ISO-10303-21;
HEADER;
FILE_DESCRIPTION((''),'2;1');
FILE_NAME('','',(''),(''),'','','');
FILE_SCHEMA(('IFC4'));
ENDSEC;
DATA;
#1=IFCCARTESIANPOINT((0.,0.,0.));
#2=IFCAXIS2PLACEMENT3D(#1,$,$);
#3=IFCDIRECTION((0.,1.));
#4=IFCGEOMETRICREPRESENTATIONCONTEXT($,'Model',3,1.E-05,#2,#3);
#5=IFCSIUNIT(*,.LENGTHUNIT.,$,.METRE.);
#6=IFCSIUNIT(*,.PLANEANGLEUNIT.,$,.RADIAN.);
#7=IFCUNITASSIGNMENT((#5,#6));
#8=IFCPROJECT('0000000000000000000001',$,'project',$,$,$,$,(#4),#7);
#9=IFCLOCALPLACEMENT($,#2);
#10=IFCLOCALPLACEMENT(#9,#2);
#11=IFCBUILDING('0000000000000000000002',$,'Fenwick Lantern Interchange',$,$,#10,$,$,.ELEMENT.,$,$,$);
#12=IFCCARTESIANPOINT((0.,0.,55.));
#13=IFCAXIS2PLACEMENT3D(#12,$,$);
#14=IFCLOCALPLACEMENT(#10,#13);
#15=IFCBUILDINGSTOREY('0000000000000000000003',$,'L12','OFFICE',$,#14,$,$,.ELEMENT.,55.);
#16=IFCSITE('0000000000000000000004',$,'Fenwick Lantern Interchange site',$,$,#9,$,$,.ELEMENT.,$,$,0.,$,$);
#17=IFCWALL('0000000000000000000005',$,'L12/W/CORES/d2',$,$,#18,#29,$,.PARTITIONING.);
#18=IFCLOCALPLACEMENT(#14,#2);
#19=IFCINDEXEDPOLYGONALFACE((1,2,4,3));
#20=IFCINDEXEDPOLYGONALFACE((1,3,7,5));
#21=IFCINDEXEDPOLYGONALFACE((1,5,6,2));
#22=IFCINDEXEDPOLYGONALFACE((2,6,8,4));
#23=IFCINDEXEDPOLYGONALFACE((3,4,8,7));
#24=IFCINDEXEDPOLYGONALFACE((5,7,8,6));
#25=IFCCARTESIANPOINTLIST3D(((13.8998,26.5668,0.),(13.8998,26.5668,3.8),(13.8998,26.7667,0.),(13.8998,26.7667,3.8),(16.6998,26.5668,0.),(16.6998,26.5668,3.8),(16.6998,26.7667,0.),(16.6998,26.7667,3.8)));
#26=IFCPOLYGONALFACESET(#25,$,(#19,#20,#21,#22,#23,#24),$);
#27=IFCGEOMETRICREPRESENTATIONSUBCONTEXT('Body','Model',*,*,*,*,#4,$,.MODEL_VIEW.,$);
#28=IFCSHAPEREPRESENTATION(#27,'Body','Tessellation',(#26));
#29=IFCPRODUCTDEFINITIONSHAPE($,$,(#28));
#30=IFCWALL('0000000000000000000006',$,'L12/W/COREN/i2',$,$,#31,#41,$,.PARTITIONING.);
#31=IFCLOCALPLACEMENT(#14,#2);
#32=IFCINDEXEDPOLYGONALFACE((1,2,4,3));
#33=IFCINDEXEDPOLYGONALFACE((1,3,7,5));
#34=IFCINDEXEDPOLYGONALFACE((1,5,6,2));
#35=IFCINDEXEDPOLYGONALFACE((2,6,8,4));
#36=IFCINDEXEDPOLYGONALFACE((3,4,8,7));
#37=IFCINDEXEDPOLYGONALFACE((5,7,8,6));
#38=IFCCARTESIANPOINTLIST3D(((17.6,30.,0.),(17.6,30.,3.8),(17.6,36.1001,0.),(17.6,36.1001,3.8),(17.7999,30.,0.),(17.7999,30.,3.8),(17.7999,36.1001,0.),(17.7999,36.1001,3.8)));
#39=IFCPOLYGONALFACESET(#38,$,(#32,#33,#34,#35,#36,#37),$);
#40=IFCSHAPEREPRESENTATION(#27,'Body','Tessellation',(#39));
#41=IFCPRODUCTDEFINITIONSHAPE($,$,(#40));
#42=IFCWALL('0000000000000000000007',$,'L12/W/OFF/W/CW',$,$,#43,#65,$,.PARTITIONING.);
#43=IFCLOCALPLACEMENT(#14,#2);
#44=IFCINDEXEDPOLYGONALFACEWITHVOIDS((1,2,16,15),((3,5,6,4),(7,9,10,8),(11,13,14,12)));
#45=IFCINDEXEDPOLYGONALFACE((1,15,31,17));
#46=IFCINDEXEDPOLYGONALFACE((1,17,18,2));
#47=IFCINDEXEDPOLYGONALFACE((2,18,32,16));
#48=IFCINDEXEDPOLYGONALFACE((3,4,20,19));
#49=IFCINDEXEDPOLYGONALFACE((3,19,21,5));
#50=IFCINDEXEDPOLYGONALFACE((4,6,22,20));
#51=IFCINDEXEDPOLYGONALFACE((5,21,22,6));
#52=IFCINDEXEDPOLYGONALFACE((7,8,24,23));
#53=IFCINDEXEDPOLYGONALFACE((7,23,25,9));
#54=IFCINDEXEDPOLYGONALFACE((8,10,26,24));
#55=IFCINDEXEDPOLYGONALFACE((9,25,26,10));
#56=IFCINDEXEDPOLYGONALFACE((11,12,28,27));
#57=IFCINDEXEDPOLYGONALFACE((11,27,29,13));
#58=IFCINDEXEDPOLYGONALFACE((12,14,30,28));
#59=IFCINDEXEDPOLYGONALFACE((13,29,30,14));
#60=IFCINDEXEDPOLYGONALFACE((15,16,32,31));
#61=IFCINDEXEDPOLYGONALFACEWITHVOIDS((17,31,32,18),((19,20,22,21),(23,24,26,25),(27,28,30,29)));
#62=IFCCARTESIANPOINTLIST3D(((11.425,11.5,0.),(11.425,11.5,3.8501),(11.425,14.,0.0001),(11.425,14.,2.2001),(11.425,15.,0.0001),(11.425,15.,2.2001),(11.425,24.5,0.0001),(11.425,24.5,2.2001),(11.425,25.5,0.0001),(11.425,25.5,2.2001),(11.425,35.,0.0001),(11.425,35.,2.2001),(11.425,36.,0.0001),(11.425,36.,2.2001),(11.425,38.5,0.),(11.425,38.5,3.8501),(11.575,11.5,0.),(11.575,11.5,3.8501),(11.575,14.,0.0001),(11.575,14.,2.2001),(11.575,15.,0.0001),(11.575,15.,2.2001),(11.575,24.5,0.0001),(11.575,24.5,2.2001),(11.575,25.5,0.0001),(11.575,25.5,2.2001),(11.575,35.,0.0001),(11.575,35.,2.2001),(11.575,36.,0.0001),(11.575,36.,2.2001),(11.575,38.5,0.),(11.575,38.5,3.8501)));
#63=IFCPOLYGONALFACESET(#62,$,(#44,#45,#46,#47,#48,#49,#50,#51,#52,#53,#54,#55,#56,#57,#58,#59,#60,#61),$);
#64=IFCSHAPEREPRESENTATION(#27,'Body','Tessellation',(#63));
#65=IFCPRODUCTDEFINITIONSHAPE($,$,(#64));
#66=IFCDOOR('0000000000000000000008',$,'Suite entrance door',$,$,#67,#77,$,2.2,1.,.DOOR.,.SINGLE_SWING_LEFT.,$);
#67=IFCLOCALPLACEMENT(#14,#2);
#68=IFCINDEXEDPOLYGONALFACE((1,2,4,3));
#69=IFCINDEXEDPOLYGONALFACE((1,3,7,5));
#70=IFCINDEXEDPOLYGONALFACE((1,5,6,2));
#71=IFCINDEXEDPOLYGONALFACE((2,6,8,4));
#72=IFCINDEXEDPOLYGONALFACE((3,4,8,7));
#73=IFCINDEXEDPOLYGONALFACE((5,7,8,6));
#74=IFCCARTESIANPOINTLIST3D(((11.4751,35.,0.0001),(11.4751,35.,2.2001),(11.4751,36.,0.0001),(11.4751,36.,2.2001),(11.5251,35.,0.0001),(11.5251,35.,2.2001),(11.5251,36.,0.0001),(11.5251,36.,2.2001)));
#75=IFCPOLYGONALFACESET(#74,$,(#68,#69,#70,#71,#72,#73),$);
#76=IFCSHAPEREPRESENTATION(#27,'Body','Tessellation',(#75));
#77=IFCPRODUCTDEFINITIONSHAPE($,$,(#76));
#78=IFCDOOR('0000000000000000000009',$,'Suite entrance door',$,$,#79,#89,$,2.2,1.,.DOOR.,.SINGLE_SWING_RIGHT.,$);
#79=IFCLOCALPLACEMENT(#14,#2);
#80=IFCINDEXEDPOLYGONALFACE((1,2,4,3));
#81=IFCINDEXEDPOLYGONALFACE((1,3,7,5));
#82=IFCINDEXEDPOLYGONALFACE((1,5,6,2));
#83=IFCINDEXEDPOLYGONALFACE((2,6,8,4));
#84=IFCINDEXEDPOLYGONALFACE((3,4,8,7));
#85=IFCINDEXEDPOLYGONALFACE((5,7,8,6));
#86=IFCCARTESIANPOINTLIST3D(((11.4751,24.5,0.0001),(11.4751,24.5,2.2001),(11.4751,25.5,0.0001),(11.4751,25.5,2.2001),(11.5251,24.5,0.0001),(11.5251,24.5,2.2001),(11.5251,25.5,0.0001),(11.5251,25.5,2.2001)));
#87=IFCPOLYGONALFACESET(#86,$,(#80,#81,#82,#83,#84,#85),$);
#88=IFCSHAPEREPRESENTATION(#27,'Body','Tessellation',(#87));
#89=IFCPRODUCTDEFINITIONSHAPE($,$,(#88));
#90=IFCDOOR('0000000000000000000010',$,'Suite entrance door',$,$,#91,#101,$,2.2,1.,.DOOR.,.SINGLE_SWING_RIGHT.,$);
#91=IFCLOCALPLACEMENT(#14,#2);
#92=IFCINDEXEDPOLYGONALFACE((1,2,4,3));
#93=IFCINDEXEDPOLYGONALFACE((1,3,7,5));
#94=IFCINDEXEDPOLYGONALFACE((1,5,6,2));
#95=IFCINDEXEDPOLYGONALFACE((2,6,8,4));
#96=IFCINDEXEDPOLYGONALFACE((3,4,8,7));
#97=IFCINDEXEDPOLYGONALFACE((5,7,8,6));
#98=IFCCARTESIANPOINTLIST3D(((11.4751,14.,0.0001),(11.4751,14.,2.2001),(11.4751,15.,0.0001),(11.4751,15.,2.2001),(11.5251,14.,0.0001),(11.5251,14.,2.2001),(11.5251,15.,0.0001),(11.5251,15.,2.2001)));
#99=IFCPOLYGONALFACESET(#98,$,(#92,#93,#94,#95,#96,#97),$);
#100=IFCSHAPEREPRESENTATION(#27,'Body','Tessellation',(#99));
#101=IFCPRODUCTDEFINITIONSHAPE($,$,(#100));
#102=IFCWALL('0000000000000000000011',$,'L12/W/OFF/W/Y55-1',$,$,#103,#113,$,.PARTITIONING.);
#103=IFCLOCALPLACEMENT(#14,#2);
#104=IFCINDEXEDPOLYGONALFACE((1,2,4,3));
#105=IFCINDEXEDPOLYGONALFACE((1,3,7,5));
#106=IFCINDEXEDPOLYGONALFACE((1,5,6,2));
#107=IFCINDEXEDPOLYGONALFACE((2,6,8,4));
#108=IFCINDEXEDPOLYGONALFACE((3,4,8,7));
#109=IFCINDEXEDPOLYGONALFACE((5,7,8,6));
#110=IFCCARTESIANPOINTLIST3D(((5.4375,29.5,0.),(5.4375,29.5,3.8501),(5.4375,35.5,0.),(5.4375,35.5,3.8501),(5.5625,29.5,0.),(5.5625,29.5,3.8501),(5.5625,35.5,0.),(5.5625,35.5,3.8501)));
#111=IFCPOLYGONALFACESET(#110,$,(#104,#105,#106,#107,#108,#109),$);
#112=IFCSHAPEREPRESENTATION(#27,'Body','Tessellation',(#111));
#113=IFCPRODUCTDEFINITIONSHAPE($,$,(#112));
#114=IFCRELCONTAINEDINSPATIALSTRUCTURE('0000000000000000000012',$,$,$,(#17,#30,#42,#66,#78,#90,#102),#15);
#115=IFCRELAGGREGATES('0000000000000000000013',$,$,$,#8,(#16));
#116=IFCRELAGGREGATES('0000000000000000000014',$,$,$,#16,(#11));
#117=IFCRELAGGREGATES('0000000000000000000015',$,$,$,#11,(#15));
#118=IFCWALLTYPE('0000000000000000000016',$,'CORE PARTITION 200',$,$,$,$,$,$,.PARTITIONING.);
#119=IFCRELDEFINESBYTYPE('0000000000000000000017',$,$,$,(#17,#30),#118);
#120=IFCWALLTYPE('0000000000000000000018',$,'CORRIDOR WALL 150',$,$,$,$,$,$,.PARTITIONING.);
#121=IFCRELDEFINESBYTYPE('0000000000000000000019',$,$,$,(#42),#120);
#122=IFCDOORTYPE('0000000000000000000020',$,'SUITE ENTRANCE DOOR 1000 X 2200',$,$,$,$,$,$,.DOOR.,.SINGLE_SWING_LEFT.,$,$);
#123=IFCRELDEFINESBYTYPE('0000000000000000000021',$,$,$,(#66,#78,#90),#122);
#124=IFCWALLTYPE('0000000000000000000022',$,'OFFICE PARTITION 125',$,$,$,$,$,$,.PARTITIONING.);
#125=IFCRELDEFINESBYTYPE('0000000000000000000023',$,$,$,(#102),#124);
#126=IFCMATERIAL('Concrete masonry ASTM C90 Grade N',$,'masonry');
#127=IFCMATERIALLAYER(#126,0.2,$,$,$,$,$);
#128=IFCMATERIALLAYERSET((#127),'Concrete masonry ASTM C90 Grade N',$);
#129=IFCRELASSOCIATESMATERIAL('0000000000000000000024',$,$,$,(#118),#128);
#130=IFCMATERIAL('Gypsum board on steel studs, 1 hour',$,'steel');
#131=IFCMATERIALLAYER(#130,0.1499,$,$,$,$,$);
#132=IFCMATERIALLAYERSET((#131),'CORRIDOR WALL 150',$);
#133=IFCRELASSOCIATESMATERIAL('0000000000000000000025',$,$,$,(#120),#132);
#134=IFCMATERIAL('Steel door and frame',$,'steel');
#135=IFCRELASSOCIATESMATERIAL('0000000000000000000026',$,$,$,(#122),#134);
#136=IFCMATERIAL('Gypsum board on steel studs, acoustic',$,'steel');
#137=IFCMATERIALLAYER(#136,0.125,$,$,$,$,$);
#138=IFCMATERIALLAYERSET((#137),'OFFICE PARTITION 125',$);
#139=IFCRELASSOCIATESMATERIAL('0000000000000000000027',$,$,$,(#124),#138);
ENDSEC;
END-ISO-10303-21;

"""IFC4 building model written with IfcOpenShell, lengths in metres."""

from ifc_helpers import new_model, si_unit, direction, frame, frame_2d, origin, place, context, subcontext, project, spatial, rectangle, extrude, material, layer, layer_set, type_object, element, fill, save


model = new_model("IFC4")

# Units and contexts
model_context = context("Model", 3, precision=1e-05, world=origin(), true_north=direction((0.0, 1.0)))
body_context = subcontext(model_context, "Body", "Model", "MODEL_VIEW")
ifc_project = project(units=[si_unit("LENGTHUNIT", "METRE"), si_unit("PLANEANGLEUNIT", "RADIAN")], contexts=[model_context])

# Site, building, storey
site_placement = place(None, origin())
site = spatial("IfcSite", under=ifc_project, at=site_placement, Name="Fenwick Lantern Interchange site", CompositionType="ELEMENT", RefElevation=0.0)
building_placement = place(site_placement, origin())
building = spatial("IfcBuilding", under=site, at=building_placement, Name="Fenwick Lantern Interchange", CompositionType="ELEMENT")
storey_placement = place(building_placement, frame((0.0, 0.0, 55.0)))
storey = spatial("IfcBuildingStorey", under=building, at=storey_placement, Name="L12", Description="OFFICE", CompositionType="ELEMENT", Elevation=55.0)

# Walls
ifc_material_1 = material(Name="Concrete masonry ASTM C90 Grade N", Category="masonry")
ifc_layer_1 = layer(ifc_material_1, 0.2)
ifc_layer_set_1 = layer_set([ifc_layer_1], Name="Concrete masonry ASTM C90 Grade N")
wall_type_1 = type_object("IfcWallType", Name="CORE PARTITION 200", PredefinedType="PARTITIONING", material=ifc_layer_set_1)
wall_1_placement = place(storey_placement, frame((13.8999, 26.6667, 0.0), z_axis=(0.0, 0.0, 1.0), x_axis=(1.0, 0.0, 0.0)))
element("IfcWall", 1, at=wall_1_placement, inside=storey, type_object=wall_type_1, Name="L12/W/CORES/d2", PredefinedType="PARTITIONING", context=body_context, shape_type="SweptSolid", body=[
    extrude(rectangle(XDim=2.8, YDim=0.2, at=frame_2d((1.3999, 0.0))), origin(), (0.0, 0.0, 1.0), 3.8),
])
wall_2_placement = place(storey_placement, frame((17.7, 36.1001, 0.0), z_axis=(0.0, 0.0, 1.0), x_axis=(0.0, -1.0, 0.0)))
element("IfcWall", 2, at=wall_2_placement, inside=storey, type_object=wall_type_1, Name="L12/W/COREN/i2", PredefinedType="PARTITIONING", context=body_context, shape_type="SweptSolid", body=[
    extrude(rectangle(XDim=6.1001, YDim=0.2, at=frame_2d((3.05, 0.0))), origin(), (0.0, 0.0, 1.0), 3.8),
])

# Wall, openings, doors
ifc_material_2 = material(Name="Steel door and frame", Category="steel")
ifc_material_3 = material(Name="Gypsum board on steel studs, 1 hour", Category="steel")
ifc_layer_2 = layer(ifc_material_3, 0.1499)
ifc_layer_set_2 = layer_set([ifc_layer_2], Name="CORRIDOR WALL 150")
wall_type_2 = type_object("IfcWallType", Name="CORRIDOR WALL 150", PredefinedType="PARTITIONING", material=ifc_layer_set_2)
wall_3_placement = place(storey_placement, frame((11.5, 38.5, 0.0), z_axis=(0.0, 0.0, 1.0), x_axis=(0.0, -1.0, 0.0)))
wall_3 = element("IfcWall", 3, at=wall_3_placement, inside=storey, type_object=wall_type_2, Name="L12/W/OFF/W/CW", PredefinedType="PARTITIONING", context=body_context, shape_type="SweptSolid", body=[
    extrude(rectangle(XDim=27.0, YDim=0.1499, at=frame_2d((13.5, 0.0))), origin(), (0.0, 0.0, 1.0), 3.8501),
])
opening_1_placement = place(wall_3_placement, frame((2.5, 0.0, 0.0)))
opening_1 = element("IfcOpeningElement", 4, at=opening_1_placement, cuts=wall_3, PredefinedType="OPENING", context=body_context, shape_type="SweptSolid", body=[
    extrude(rectangle(XDim=1.0, YDim=2.2, at=frame_2d((0.5, 1.1001))), frame((0.0, 0.085, 0.0), z_axis=(0.0, -1.0, 0.0), x_axis=(1.0, 0.0, 0.0)), (0.0, 0.0, 1.0), 0.1699),
])
opening_2_placement = place(wall_3_placement, frame((13.0, 0.0, 0.0)))
opening_2 = element("IfcOpeningElement", 5, at=opening_2_placement, cuts=wall_3, PredefinedType="OPENING", context=body_context, shape_type="SweptSolid", body=[
    extrude(rectangle(XDim=1.0, YDim=2.2, at=frame_2d((0.5, 1.1001))), frame((0.0, 0.085, 0.0), z_axis=(0.0, -1.0, 0.0), x_axis=(1.0, 0.0, 0.0)), (0.0, 0.0, 1.0), 0.1699),
])
opening_3_placement = place(wall_3_placement, frame((23.5, 0.0, 0.0)))
opening_3 = element("IfcOpeningElement", 6, at=opening_3_placement, cuts=wall_3, PredefinedType="OPENING", context=body_context, shape_type="SweptSolid", body=[
    extrude(rectangle(XDim=1.0, YDim=2.2, at=frame_2d((0.5, 1.1001))), frame((0.0, 0.085, 0.0), z_axis=(0.0, -1.0, 0.0), x_axis=(1.0, 0.0, 0.0)), (0.0, 0.0, 1.0), 0.1699),
])
door_type_1 = type_object("IfcDoorType", Name="SUITE ENTRANCE DOOR 1000 X 2200", OperationType="SINGLE_SWING_LEFT", PredefinedType="DOOR", material=ifc_material_2)
door_1_placement = place(opening_1_placement, frame((1.0, 0.0, 0.0), z_axis=(0.0, 0.0, 1.0), x_axis=(-1.0, 0.0, 0.0)))
door_1 = element("IfcDoor", 7, at=door_1_placement, inside=storey, type_object=door_type_1, Name="Suite entrance door", OperationType="SINGLE_SWING_LEFT", OverallHeight=2.2, OverallWidth=1.0, PredefinedType="DOOR", context=body_context, shape_type="SweptSolid", body=[
    extrude(rectangle(XDim=1.0, YDim=2.2, at=frame_2d((0.5, 1.1001))), frame((0.0, 0.0249, 0.0), z_axis=(0.0, -1.0, 0.0), x_axis=(1.0, 0.0, 0.0)), (0.0, 0.0, 1.0), 0.05),
])
fill(opening_1, door_1)
door_2_placement = place(opening_2_placement, frame((1.0, 0.0, 0.0), z_axis=(0.0, 0.0, 1.0), x_axis=(-1.0, 0.0, 0.0)))
door_2 = element("IfcDoor", 8, at=door_2_placement, inside=storey, type_object=door_type_1, Name="Suite entrance door", OperationType="SINGLE_SWING_RIGHT", OverallHeight=2.2, OverallWidth=1.0, PredefinedType="DOOR", context=body_context, shape_type="SweptSolid", body=[
    extrude(rectangle(XDim=1.0, YDim=2.2, at=frame_2d((0.5, 1.1001))), frame((0.0, 0.0249, 0.0), z_axis=(0.0, -1.0, 0.0), x_axis=(1.0, 0.0, 0.0)), (0.0, 0.0, 1.0), 0.05),
])
fill(opening_2, door_2)
door_3_placement = place(opening_3_placement, frame((1.0, 0.0, 0.0), z_axis=(0.0, 0.0, 1.0), x_axis=(-1.0, 0.0, 0.0)))
door_3 = element("IfcDoor", 9, at=door_3_placement, inside=storey, type_object=door_type_1, Name="Suite entrance door", OperationType="SINGLE_SWING_RIGHT", OverallHeight=2.2, OverallWidth=1.0, PredefinedType="DOOR", context=body_context, shape_type="SweptSolid", body=[
    extrude(rectangle(XDim=1.0, YDim=2.2, at=frame_2d((0.5, 1.1001))), frame((0.0, 0.0249, 0.0), z_axis=(0.0, -1.0, 0.0), x_axis=(1.0, 0.0, 0.0)), (0.0, 0.0, 1.0), 0.05),
])
fill(opening_3, door_3)

# Wall
ifc_material_4 = material(Name="Gypsum board on steel studs, acoustic", Category="steel")
ifc_layer_3 = layer(ifc_material_4, 0.125)
ifc_layer_set_3 = layer_set([ifc_layer_3], Name="OFFICE PARTITION 125")
wall_type_3 = type_object("IfcWallType", Name="OFFICE PARTITION 125", PredefinedType="PARTITIONING", material=ifc_layer_set_3)
wall_4_placement = place(storey_placement, frame((5.5, 35.5, 0.0), z_axis=(0.0, 0.0, 1.0), x_axis=(0.0, -1.0, 0.0)))
element("IfcWall", 10, at=wall_4_placement, inside=storey, type_object=wall_type_3, Name="L12/W/OFF/W/Y55-1", PredefinedType="PARTITIONING", context=body_context, shape_type="SweptSolid", body=[
    extrude(rectangle(XDim=6.0, YDim=0.125, at=frame_2d((3.0, 0.0))), origin(), (0.0, 0.0, 1.0), 3.8501),
])

save(model, "model.ifc")
